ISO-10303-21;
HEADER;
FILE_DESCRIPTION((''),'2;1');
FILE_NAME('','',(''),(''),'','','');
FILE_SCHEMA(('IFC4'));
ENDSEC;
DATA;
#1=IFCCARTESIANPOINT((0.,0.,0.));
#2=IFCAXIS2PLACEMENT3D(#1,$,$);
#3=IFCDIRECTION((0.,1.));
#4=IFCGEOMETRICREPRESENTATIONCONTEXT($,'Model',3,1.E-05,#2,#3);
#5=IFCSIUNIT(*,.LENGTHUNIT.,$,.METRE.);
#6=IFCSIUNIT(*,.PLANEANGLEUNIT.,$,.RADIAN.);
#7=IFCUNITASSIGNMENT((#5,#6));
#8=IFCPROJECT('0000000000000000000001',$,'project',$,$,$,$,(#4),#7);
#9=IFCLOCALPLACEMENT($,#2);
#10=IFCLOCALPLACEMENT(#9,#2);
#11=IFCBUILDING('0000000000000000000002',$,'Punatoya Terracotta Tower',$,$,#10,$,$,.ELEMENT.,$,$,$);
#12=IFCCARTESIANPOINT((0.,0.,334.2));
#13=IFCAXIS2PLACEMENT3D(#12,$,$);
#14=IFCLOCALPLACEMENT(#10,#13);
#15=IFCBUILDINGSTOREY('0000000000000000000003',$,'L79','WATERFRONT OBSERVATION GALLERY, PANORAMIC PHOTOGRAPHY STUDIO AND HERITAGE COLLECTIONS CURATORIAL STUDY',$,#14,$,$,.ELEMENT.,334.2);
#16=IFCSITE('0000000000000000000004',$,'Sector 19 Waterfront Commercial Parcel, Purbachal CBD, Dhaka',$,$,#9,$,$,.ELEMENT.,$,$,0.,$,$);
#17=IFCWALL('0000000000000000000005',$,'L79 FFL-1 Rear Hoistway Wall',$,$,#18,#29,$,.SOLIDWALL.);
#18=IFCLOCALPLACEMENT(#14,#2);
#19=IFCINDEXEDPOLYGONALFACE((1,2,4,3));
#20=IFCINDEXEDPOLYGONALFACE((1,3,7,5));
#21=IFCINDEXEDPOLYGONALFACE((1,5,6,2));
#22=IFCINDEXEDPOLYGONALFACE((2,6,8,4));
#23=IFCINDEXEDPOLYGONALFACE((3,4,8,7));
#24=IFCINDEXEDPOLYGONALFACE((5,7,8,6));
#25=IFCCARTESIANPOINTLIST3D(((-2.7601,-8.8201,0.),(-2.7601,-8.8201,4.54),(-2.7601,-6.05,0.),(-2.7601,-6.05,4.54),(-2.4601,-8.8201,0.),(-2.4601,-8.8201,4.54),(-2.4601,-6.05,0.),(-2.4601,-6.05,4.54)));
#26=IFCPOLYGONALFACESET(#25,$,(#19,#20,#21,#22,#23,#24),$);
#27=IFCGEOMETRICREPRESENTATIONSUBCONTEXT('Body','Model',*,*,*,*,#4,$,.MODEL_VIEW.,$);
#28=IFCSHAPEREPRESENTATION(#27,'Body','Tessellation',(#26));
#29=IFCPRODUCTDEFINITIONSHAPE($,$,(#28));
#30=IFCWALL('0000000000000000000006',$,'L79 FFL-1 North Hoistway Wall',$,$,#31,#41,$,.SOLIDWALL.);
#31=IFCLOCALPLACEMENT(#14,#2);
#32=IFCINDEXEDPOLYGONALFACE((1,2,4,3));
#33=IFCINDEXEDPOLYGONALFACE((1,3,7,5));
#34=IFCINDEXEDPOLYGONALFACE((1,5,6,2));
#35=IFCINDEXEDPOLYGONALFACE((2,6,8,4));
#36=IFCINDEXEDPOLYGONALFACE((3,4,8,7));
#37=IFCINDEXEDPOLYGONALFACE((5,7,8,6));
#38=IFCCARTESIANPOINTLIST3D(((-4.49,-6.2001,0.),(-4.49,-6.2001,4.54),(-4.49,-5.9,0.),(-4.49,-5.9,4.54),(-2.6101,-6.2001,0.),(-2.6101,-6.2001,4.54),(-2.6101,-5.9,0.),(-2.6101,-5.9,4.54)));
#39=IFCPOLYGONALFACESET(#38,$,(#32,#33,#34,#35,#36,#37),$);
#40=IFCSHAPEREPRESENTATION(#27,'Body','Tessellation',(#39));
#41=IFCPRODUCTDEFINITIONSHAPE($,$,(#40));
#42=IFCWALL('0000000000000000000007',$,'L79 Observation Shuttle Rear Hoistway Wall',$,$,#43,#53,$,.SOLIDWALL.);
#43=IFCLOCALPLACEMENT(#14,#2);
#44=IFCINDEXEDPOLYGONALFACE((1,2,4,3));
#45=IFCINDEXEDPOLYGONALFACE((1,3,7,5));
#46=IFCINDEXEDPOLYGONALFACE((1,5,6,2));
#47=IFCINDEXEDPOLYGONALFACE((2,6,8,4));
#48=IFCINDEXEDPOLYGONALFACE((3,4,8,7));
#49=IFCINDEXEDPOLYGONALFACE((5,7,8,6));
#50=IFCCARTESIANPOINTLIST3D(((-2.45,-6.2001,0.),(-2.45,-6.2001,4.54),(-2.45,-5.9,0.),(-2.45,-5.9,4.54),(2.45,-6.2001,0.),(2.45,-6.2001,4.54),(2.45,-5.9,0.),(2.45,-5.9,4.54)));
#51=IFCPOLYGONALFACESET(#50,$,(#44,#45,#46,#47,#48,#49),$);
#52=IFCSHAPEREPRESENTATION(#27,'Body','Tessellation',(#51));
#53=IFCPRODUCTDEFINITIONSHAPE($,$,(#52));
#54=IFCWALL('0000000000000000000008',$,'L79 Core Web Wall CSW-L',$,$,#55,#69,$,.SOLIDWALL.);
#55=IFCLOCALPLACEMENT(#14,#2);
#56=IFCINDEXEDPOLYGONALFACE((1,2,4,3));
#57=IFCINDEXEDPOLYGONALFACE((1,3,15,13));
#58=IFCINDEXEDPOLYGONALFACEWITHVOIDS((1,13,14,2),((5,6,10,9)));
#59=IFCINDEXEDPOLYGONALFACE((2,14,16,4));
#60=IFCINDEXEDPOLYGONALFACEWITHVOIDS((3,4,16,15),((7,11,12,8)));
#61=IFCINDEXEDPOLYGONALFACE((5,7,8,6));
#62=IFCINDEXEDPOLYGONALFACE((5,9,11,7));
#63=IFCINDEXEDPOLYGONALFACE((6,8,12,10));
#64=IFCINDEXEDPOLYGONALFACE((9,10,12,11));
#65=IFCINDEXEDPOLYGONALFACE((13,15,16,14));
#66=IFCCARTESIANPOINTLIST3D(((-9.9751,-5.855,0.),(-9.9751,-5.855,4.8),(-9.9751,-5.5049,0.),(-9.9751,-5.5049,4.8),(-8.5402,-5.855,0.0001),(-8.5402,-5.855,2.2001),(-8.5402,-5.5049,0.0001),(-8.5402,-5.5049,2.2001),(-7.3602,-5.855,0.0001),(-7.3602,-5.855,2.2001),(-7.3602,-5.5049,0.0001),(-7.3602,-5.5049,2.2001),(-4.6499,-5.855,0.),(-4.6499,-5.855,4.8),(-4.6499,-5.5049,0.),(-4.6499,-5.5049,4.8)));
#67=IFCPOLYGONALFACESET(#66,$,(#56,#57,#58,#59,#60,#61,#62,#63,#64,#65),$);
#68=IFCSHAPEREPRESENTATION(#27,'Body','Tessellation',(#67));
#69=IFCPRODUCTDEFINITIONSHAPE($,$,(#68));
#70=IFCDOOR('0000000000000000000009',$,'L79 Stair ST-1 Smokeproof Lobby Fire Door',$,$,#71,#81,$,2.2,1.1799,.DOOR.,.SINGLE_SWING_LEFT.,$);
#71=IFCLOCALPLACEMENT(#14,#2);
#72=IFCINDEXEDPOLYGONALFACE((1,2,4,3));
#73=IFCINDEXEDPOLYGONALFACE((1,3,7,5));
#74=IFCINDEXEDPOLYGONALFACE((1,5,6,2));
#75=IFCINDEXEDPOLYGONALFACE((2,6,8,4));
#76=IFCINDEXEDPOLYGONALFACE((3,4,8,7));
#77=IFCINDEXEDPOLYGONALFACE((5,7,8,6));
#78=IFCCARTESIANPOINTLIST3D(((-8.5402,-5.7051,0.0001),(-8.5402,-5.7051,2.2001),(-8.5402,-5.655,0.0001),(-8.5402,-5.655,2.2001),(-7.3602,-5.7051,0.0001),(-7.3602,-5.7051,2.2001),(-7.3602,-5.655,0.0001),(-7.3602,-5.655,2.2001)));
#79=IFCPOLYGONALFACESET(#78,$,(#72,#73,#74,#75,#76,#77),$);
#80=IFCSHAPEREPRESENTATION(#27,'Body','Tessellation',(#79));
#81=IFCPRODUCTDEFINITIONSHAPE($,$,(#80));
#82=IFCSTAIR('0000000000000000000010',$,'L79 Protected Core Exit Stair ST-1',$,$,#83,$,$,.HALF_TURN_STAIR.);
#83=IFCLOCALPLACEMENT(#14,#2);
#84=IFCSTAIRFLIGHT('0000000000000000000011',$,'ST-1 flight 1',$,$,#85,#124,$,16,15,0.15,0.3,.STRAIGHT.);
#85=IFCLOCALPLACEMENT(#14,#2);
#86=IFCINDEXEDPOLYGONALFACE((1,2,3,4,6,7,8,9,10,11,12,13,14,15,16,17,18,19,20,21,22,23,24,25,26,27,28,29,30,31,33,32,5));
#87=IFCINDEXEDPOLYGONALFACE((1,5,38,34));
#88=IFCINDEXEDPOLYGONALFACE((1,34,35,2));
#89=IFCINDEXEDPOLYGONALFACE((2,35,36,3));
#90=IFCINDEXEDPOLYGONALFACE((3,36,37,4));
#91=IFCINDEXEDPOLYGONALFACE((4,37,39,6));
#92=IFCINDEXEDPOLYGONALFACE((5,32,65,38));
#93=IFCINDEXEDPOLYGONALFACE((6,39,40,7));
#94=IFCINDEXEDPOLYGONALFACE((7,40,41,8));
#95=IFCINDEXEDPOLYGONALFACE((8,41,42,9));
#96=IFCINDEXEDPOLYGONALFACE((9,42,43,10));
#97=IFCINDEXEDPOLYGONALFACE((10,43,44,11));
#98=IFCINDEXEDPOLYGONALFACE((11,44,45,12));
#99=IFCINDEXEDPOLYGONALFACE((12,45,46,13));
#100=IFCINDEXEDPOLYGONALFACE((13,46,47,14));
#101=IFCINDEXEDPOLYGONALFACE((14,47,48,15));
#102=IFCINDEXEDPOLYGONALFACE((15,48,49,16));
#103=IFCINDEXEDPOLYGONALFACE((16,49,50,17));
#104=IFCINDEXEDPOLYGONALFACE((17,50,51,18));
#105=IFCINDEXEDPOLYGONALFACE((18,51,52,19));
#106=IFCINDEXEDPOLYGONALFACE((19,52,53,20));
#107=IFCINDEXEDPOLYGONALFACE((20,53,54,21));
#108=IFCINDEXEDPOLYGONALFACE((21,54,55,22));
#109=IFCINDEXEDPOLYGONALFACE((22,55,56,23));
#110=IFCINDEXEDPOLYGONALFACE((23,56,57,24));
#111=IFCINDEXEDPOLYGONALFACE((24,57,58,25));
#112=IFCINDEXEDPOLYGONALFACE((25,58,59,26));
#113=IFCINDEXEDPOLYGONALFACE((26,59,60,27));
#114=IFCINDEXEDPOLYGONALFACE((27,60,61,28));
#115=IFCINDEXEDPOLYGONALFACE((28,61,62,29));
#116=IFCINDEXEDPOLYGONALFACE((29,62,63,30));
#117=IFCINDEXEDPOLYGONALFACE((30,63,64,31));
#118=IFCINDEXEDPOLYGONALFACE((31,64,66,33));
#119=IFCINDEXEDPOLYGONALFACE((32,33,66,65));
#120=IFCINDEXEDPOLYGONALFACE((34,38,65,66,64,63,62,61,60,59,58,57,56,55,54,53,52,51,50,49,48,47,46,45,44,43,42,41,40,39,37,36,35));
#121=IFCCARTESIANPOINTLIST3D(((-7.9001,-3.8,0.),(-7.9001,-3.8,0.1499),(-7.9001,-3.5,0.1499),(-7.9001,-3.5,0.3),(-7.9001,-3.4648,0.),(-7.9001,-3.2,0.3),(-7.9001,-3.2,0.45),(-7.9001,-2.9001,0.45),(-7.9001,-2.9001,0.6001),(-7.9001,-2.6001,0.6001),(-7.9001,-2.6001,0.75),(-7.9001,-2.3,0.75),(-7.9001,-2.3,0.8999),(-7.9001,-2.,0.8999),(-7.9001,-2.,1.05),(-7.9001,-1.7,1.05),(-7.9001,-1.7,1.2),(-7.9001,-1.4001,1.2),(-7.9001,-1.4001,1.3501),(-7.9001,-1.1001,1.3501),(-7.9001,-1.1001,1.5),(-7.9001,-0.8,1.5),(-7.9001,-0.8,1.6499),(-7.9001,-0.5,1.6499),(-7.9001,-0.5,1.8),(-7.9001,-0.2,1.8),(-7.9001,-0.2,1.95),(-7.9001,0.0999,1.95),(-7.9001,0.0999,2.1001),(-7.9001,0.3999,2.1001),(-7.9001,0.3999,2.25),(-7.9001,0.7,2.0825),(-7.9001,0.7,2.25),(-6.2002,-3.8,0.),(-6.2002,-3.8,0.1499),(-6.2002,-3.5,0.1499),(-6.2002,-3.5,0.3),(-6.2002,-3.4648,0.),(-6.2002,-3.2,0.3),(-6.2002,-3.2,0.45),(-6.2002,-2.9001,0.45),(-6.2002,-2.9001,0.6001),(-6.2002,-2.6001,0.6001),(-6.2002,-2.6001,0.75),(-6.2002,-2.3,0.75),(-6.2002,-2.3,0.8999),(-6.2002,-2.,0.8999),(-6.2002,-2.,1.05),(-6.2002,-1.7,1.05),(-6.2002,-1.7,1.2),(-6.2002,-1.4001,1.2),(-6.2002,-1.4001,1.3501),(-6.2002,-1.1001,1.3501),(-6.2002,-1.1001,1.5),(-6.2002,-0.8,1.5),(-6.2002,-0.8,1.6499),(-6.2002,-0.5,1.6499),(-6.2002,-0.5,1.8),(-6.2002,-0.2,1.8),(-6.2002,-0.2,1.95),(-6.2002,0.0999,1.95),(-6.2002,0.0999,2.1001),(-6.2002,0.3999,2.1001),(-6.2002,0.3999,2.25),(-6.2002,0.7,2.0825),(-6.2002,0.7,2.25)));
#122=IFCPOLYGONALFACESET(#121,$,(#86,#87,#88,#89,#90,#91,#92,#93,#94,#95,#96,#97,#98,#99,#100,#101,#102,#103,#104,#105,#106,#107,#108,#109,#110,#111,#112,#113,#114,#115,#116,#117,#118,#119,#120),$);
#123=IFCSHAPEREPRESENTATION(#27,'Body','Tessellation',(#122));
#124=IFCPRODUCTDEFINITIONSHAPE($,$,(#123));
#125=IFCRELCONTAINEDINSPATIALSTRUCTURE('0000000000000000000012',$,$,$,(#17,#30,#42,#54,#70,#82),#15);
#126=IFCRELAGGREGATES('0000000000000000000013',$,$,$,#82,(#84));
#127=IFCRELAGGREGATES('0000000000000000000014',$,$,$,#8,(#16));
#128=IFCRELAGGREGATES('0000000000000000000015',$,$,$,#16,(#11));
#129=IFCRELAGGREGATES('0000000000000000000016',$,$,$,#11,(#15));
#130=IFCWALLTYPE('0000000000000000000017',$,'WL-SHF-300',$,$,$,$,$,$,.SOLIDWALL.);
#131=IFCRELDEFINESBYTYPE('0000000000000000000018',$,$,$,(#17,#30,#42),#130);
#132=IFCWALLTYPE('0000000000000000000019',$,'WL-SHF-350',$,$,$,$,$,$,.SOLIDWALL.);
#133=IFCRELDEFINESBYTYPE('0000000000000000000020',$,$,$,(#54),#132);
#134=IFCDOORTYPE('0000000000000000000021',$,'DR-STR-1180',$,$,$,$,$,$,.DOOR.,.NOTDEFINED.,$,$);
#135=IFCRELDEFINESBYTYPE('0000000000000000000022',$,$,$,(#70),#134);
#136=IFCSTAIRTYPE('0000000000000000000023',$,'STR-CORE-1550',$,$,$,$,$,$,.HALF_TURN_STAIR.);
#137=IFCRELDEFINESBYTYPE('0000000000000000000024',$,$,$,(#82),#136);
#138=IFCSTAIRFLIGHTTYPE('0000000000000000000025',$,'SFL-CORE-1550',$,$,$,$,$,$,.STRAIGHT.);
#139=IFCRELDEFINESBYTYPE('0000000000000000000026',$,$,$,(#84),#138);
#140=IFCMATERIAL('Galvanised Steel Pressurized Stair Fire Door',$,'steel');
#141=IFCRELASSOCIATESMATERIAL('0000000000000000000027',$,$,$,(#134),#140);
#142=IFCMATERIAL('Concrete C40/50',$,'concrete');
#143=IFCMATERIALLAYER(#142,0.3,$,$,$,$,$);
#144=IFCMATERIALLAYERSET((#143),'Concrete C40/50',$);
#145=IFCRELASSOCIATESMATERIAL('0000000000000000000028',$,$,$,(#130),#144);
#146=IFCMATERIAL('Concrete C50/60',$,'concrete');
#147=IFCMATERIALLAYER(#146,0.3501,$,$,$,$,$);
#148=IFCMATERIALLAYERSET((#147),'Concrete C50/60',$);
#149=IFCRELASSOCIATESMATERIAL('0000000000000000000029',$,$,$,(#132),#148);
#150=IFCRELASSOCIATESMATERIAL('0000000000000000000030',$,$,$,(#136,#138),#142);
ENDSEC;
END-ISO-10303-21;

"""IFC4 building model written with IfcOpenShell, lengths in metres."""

from ifc_helpers import new_model, si_unit, direction, frame, frame_2d, origin, place, context, subcontext, project, spatial, polyline, rectangle, outline, extrude, material, layer, layer_set, type_object, element, fill, aggregate, save


model = new_model("IFC4")

# Units and contexts
model_context = context("Model", 3, precision=1e-05, world=origin(), true_north=direction((0.0, 1.0)))
body_context = subcontext(model_context, "Body", "Model", "MODEL_VIEW")
ifc_project = project(units=[si_unit("LENGTHUNIT", "METRE"), si_unit("PLANEANGLEUNIT", "RADIAN")], contexts=[model_context])

# Site, building, storey
site_placement = place(None, origin())
site = spatial("IfcSite", under=ifc_project, at=site_placement, Name="Sector 19 Waterfront Commercial Parcel, Purbachal CBD, Dhaka", CompositionType="ELEMENT", RefElevation=0.0)
building_placement = place(site_placement, origin())
building = spatial("IfcBuilding", under=site, at=building_placement, Name="Punatoya Terracotta Tower", CompositionType="ELEMENT")
storey_placement = place(building_placement, frame((0.0, 0.0, 334.2)))
storey = spatial("IfcBuildingStorey", under=building, at=storey_placement, Name="L79", Description="WATERFRONT OBSERVATION GALLERY, PANORAMIC PHOTOGRAPHY STUDIO AND HERITAGE COLLECTIONS CURATORIAL STUDY", CompositionType="ELEMENT", Elevation=334.2)

# Shared definitions
ifc_material_1 = material(Name="Concrete C50/60", Category="concrete")

# Shared definitions
ifc_material_2 = material(Name="Galvanised Steel Pressurized Stair Fire Door", Category="steel")
door_type_1 = type_object("IfcDoorType", Name="DR-STR-1180", OperationType="NOTDEFINED", PredefinedType="DOOR", material=ifc_material_2)

# Shared definitions
ifc_material_3 = material(Name="Concrete C40/50", Category="concrete")
ifc_layer_1 = layer(ifc_material_3, 0.3)
ifc_layer_set_1 = layer_set([ifc_layer_1], Name="Concrete C40/50")
wall_type_1 = type_object("IfcWallType", Name="WL-SHF-300", PredefinedType="SOLIDWALL", material=ifc_layer_set_1)

# Walls
wall_1_placement = place(storey_placement, frame((-2.6101, -8.8201, 0.0), z_axis=(0.0, 0.0, 1.0), x_axis=(0.0, 1.0, 0.0)))
element("IfcWall", 1, at=wall_1_placement, inside=storey, type_object=wall_type_1, Name="L79 FFL-1 Rear Hoistway Wall", PredefinedType="SOLIDWALL", context=body_context, shape_type="SweptSolid", body=[
    extrude(rectangle(XDim=2.77, YDim=0.3, at=frame_2d((1.385, 0.0))), origin(), (0.0, 0.0, 1.0), 4.54),
])
wall_2_placement = place(storey_placement, frame((-4.49, -6.05, 0.0), z_axis=(0.0, 0.0, 1.0), x_axis=(1.0, 0.0, 0.0)))
element("IfcWall", 2, at=wall_2_placement, inside=storey, type_object=wall_type_1, Name="L79 FFL-1 North Hoistway Wall", PredefinedType="SOLIDWALL", context=body_context, shape_type="SweptSolid", body=[
    extrude(rectangle(XDim=1.8799, YDim=0.3, at=frame_2d((0.9399, 0.0))), origin(), (0.0, 0.0, 1.0), 4.54),
])
wall_3_placement = place(storey_placement, frame((-2.45, -6.05, 0.0), z_axis=(0.0, 0.0, 1.0), x_axis=(1.0, 0.0, 0.0)))
element("IfcWall", 3, at=wall_3_placement, inside=storey, type_object=wall_type_1, Name="L79 Observation Shuttle Rear Hoistway Wall", PredefinedType="SOLIDWALL", context=body_context, shape_type="SweptSolid", body=[
    extrude(rectangle(XDim=4.8999, YDim=0.3, at=frame_2d((2.45, 0.0))), origin(), (0.0, 0.0, 1.0), 4.54),
])

# Wall, opening, door
ifc_layer_2 = layer(ifc_material_1, 0.3501)
ifc_layer_set_2 = layer_set([ifc_layer_2], Name="Concrete C50/60")
wall_type_2 = type_object("IfcWallType", Name="WL-SHF-350", PredefinedType="SOLIDWALL", material=ifc_layer_set_2)
wall_4_placement = place(storey_placement, frame((-9.9751, -5.6799, 0.0), z_axis=(0.0, 0.0, 1.0), x_axis=(1.0, 0.0, 0.0)))
wall_4 = element("IfcWall", 4, at=wall_4_placement, inside=storey, type_object=wall_type_2, Name="L79 Core Web Wall CSW-L", PredefinedType="SOLIDWALL", context=body_context, shape_type="SweptSolid", body=[
    extrude(rectangle(XDim=5.3252, YDim=0.3501, at=frame_2d((2.6626, 0.0))), origin(), (0.0, 0.0, 1.0), 4.8),
])
opening_1_placement = place(wall_4_placement, frame((1.4351, 0.0, 0.0)))
opening_1 = element("IfcOpeningElement", 5, at=opening_1_placement, cuts=wall_4, PredefinedType="OPENING", context=body_context, shape_type="SweptSolid", body=[
    extrude(rectangle(XDim=1.1799, YDim=2.2, at=frame_2d((0.5898, 1.1001))), frame((0.0, 0.1851, 0.0), z_axis=(0.0, -1.0, 0.0), x_axis=(1.0, 0.0, 0.0)), (0.0, 0.0, 1.0), 0.3701),
])
door_1_placement = place(opening_1_placement, origin())
door_1 = element("IfcDoor", 6, at=door_1_placement, inside=storey, type_object=door_type_1, Name="L79 Stair ST-1 Smokeproof Lobby Fire Door", OperationType="SINGLE_SWING_LEFT", OverallHeight=2.2, OverallWidth=1.1799, PredefinedType="DOOR", context=body_context, shape_type="SweptSolid", body=[
    extrude(rectangle(XDim=1.1799, YDim=2.2, at=frame_2d((0.5898, 1.1001))), frame((0.0, 0.0249, 0.0), z_axis=(0.0, -1.0, 0.0), x_axis=(1.0, 0.0, 0.0)), (0.0, 0.0, 1.0), 0.05),
])
fill(opening_1, door_1)

# Stair, stair flight
stair_type = type_object("IfcStairType", Name="STR-CORE-1550", PredefinedType="HALF_TURN_STAIR", material=ifc_material_3)
stair_placement = place(storey_placement, origin())
stair = element("IfcStair", 7, at=stair_placement, inside=storey, type_object=stair_type, Name="L79 Protected Core Exit Stair ST-1", PredefinedType="HALF_TURN_STAIR")
stair_flight_type = type_object("IfcStairFlightType", Name="SFL-CORE-1550", PredefinedType="STRAIGHT", material=ifc_material_3)
stair_flight_placement = place(storey_placement, frame((-7.05, -3.8, 0.0), z_axis=(0.0, 0.0, 1.0), x_axis=(0.0, 1.0, 0.0)))
stair_flight = element("IfcStairFlight", 8, at=stair_flight_placement, type_object=stair_flight_type, Name="ST-1 flight 1", NumberOfRisers=16, NumberOfTreads=15, PredefinedType="STRAIGHT", RiserHeight=0.15, TreadLength=0.3, context=body_context, shape_type="SweptSolid", body=[
    extrude(outline(polyline([(0.0, 0.0), (0.0, 0.1499), (0.3, 0.1499), (0.3, 0.3), (0.6001, 0.3), (0.6001, 0.45), (0.8999, 0.45), (0.8999, 0.6001), (1.2, 0.6001), (1.2, 0.75), (1.5, 0.75), (1.5, 0.8999), (1.8, 0.8999), (1.8, 1.05), (2.1001, 1.05), (2.1001, 1.2), (2.3999, 1.2), (2.3999, 1.3501), (2.7, 1.3501), (2.7, 1.5), (3.0, 1.5), (3.0, 1.6499), (3.3, 1.6499), (3.3, 1.8), (3.6001, 1.8), (3.6001, 1.95), (3.8999, 1.95), (3.8999, 2.1001), (4.2, 2.1001), (4.2, 2.25), (4.5, 2.25), (4.5, 2.3999), (4.5, 2.0825), (0.3352, 0.0), (0.0, 0.0)])), frame((0.0, 0.8501, 0.0), z_axis=(0.0, -1.0, 0.0), x_axis=(1.0, 0.0, 0.0)), (0.0, 0.0, 1.0), 1.7),
])
aggregate(stair, [stair_flight])

save(model, "model.ifc")
